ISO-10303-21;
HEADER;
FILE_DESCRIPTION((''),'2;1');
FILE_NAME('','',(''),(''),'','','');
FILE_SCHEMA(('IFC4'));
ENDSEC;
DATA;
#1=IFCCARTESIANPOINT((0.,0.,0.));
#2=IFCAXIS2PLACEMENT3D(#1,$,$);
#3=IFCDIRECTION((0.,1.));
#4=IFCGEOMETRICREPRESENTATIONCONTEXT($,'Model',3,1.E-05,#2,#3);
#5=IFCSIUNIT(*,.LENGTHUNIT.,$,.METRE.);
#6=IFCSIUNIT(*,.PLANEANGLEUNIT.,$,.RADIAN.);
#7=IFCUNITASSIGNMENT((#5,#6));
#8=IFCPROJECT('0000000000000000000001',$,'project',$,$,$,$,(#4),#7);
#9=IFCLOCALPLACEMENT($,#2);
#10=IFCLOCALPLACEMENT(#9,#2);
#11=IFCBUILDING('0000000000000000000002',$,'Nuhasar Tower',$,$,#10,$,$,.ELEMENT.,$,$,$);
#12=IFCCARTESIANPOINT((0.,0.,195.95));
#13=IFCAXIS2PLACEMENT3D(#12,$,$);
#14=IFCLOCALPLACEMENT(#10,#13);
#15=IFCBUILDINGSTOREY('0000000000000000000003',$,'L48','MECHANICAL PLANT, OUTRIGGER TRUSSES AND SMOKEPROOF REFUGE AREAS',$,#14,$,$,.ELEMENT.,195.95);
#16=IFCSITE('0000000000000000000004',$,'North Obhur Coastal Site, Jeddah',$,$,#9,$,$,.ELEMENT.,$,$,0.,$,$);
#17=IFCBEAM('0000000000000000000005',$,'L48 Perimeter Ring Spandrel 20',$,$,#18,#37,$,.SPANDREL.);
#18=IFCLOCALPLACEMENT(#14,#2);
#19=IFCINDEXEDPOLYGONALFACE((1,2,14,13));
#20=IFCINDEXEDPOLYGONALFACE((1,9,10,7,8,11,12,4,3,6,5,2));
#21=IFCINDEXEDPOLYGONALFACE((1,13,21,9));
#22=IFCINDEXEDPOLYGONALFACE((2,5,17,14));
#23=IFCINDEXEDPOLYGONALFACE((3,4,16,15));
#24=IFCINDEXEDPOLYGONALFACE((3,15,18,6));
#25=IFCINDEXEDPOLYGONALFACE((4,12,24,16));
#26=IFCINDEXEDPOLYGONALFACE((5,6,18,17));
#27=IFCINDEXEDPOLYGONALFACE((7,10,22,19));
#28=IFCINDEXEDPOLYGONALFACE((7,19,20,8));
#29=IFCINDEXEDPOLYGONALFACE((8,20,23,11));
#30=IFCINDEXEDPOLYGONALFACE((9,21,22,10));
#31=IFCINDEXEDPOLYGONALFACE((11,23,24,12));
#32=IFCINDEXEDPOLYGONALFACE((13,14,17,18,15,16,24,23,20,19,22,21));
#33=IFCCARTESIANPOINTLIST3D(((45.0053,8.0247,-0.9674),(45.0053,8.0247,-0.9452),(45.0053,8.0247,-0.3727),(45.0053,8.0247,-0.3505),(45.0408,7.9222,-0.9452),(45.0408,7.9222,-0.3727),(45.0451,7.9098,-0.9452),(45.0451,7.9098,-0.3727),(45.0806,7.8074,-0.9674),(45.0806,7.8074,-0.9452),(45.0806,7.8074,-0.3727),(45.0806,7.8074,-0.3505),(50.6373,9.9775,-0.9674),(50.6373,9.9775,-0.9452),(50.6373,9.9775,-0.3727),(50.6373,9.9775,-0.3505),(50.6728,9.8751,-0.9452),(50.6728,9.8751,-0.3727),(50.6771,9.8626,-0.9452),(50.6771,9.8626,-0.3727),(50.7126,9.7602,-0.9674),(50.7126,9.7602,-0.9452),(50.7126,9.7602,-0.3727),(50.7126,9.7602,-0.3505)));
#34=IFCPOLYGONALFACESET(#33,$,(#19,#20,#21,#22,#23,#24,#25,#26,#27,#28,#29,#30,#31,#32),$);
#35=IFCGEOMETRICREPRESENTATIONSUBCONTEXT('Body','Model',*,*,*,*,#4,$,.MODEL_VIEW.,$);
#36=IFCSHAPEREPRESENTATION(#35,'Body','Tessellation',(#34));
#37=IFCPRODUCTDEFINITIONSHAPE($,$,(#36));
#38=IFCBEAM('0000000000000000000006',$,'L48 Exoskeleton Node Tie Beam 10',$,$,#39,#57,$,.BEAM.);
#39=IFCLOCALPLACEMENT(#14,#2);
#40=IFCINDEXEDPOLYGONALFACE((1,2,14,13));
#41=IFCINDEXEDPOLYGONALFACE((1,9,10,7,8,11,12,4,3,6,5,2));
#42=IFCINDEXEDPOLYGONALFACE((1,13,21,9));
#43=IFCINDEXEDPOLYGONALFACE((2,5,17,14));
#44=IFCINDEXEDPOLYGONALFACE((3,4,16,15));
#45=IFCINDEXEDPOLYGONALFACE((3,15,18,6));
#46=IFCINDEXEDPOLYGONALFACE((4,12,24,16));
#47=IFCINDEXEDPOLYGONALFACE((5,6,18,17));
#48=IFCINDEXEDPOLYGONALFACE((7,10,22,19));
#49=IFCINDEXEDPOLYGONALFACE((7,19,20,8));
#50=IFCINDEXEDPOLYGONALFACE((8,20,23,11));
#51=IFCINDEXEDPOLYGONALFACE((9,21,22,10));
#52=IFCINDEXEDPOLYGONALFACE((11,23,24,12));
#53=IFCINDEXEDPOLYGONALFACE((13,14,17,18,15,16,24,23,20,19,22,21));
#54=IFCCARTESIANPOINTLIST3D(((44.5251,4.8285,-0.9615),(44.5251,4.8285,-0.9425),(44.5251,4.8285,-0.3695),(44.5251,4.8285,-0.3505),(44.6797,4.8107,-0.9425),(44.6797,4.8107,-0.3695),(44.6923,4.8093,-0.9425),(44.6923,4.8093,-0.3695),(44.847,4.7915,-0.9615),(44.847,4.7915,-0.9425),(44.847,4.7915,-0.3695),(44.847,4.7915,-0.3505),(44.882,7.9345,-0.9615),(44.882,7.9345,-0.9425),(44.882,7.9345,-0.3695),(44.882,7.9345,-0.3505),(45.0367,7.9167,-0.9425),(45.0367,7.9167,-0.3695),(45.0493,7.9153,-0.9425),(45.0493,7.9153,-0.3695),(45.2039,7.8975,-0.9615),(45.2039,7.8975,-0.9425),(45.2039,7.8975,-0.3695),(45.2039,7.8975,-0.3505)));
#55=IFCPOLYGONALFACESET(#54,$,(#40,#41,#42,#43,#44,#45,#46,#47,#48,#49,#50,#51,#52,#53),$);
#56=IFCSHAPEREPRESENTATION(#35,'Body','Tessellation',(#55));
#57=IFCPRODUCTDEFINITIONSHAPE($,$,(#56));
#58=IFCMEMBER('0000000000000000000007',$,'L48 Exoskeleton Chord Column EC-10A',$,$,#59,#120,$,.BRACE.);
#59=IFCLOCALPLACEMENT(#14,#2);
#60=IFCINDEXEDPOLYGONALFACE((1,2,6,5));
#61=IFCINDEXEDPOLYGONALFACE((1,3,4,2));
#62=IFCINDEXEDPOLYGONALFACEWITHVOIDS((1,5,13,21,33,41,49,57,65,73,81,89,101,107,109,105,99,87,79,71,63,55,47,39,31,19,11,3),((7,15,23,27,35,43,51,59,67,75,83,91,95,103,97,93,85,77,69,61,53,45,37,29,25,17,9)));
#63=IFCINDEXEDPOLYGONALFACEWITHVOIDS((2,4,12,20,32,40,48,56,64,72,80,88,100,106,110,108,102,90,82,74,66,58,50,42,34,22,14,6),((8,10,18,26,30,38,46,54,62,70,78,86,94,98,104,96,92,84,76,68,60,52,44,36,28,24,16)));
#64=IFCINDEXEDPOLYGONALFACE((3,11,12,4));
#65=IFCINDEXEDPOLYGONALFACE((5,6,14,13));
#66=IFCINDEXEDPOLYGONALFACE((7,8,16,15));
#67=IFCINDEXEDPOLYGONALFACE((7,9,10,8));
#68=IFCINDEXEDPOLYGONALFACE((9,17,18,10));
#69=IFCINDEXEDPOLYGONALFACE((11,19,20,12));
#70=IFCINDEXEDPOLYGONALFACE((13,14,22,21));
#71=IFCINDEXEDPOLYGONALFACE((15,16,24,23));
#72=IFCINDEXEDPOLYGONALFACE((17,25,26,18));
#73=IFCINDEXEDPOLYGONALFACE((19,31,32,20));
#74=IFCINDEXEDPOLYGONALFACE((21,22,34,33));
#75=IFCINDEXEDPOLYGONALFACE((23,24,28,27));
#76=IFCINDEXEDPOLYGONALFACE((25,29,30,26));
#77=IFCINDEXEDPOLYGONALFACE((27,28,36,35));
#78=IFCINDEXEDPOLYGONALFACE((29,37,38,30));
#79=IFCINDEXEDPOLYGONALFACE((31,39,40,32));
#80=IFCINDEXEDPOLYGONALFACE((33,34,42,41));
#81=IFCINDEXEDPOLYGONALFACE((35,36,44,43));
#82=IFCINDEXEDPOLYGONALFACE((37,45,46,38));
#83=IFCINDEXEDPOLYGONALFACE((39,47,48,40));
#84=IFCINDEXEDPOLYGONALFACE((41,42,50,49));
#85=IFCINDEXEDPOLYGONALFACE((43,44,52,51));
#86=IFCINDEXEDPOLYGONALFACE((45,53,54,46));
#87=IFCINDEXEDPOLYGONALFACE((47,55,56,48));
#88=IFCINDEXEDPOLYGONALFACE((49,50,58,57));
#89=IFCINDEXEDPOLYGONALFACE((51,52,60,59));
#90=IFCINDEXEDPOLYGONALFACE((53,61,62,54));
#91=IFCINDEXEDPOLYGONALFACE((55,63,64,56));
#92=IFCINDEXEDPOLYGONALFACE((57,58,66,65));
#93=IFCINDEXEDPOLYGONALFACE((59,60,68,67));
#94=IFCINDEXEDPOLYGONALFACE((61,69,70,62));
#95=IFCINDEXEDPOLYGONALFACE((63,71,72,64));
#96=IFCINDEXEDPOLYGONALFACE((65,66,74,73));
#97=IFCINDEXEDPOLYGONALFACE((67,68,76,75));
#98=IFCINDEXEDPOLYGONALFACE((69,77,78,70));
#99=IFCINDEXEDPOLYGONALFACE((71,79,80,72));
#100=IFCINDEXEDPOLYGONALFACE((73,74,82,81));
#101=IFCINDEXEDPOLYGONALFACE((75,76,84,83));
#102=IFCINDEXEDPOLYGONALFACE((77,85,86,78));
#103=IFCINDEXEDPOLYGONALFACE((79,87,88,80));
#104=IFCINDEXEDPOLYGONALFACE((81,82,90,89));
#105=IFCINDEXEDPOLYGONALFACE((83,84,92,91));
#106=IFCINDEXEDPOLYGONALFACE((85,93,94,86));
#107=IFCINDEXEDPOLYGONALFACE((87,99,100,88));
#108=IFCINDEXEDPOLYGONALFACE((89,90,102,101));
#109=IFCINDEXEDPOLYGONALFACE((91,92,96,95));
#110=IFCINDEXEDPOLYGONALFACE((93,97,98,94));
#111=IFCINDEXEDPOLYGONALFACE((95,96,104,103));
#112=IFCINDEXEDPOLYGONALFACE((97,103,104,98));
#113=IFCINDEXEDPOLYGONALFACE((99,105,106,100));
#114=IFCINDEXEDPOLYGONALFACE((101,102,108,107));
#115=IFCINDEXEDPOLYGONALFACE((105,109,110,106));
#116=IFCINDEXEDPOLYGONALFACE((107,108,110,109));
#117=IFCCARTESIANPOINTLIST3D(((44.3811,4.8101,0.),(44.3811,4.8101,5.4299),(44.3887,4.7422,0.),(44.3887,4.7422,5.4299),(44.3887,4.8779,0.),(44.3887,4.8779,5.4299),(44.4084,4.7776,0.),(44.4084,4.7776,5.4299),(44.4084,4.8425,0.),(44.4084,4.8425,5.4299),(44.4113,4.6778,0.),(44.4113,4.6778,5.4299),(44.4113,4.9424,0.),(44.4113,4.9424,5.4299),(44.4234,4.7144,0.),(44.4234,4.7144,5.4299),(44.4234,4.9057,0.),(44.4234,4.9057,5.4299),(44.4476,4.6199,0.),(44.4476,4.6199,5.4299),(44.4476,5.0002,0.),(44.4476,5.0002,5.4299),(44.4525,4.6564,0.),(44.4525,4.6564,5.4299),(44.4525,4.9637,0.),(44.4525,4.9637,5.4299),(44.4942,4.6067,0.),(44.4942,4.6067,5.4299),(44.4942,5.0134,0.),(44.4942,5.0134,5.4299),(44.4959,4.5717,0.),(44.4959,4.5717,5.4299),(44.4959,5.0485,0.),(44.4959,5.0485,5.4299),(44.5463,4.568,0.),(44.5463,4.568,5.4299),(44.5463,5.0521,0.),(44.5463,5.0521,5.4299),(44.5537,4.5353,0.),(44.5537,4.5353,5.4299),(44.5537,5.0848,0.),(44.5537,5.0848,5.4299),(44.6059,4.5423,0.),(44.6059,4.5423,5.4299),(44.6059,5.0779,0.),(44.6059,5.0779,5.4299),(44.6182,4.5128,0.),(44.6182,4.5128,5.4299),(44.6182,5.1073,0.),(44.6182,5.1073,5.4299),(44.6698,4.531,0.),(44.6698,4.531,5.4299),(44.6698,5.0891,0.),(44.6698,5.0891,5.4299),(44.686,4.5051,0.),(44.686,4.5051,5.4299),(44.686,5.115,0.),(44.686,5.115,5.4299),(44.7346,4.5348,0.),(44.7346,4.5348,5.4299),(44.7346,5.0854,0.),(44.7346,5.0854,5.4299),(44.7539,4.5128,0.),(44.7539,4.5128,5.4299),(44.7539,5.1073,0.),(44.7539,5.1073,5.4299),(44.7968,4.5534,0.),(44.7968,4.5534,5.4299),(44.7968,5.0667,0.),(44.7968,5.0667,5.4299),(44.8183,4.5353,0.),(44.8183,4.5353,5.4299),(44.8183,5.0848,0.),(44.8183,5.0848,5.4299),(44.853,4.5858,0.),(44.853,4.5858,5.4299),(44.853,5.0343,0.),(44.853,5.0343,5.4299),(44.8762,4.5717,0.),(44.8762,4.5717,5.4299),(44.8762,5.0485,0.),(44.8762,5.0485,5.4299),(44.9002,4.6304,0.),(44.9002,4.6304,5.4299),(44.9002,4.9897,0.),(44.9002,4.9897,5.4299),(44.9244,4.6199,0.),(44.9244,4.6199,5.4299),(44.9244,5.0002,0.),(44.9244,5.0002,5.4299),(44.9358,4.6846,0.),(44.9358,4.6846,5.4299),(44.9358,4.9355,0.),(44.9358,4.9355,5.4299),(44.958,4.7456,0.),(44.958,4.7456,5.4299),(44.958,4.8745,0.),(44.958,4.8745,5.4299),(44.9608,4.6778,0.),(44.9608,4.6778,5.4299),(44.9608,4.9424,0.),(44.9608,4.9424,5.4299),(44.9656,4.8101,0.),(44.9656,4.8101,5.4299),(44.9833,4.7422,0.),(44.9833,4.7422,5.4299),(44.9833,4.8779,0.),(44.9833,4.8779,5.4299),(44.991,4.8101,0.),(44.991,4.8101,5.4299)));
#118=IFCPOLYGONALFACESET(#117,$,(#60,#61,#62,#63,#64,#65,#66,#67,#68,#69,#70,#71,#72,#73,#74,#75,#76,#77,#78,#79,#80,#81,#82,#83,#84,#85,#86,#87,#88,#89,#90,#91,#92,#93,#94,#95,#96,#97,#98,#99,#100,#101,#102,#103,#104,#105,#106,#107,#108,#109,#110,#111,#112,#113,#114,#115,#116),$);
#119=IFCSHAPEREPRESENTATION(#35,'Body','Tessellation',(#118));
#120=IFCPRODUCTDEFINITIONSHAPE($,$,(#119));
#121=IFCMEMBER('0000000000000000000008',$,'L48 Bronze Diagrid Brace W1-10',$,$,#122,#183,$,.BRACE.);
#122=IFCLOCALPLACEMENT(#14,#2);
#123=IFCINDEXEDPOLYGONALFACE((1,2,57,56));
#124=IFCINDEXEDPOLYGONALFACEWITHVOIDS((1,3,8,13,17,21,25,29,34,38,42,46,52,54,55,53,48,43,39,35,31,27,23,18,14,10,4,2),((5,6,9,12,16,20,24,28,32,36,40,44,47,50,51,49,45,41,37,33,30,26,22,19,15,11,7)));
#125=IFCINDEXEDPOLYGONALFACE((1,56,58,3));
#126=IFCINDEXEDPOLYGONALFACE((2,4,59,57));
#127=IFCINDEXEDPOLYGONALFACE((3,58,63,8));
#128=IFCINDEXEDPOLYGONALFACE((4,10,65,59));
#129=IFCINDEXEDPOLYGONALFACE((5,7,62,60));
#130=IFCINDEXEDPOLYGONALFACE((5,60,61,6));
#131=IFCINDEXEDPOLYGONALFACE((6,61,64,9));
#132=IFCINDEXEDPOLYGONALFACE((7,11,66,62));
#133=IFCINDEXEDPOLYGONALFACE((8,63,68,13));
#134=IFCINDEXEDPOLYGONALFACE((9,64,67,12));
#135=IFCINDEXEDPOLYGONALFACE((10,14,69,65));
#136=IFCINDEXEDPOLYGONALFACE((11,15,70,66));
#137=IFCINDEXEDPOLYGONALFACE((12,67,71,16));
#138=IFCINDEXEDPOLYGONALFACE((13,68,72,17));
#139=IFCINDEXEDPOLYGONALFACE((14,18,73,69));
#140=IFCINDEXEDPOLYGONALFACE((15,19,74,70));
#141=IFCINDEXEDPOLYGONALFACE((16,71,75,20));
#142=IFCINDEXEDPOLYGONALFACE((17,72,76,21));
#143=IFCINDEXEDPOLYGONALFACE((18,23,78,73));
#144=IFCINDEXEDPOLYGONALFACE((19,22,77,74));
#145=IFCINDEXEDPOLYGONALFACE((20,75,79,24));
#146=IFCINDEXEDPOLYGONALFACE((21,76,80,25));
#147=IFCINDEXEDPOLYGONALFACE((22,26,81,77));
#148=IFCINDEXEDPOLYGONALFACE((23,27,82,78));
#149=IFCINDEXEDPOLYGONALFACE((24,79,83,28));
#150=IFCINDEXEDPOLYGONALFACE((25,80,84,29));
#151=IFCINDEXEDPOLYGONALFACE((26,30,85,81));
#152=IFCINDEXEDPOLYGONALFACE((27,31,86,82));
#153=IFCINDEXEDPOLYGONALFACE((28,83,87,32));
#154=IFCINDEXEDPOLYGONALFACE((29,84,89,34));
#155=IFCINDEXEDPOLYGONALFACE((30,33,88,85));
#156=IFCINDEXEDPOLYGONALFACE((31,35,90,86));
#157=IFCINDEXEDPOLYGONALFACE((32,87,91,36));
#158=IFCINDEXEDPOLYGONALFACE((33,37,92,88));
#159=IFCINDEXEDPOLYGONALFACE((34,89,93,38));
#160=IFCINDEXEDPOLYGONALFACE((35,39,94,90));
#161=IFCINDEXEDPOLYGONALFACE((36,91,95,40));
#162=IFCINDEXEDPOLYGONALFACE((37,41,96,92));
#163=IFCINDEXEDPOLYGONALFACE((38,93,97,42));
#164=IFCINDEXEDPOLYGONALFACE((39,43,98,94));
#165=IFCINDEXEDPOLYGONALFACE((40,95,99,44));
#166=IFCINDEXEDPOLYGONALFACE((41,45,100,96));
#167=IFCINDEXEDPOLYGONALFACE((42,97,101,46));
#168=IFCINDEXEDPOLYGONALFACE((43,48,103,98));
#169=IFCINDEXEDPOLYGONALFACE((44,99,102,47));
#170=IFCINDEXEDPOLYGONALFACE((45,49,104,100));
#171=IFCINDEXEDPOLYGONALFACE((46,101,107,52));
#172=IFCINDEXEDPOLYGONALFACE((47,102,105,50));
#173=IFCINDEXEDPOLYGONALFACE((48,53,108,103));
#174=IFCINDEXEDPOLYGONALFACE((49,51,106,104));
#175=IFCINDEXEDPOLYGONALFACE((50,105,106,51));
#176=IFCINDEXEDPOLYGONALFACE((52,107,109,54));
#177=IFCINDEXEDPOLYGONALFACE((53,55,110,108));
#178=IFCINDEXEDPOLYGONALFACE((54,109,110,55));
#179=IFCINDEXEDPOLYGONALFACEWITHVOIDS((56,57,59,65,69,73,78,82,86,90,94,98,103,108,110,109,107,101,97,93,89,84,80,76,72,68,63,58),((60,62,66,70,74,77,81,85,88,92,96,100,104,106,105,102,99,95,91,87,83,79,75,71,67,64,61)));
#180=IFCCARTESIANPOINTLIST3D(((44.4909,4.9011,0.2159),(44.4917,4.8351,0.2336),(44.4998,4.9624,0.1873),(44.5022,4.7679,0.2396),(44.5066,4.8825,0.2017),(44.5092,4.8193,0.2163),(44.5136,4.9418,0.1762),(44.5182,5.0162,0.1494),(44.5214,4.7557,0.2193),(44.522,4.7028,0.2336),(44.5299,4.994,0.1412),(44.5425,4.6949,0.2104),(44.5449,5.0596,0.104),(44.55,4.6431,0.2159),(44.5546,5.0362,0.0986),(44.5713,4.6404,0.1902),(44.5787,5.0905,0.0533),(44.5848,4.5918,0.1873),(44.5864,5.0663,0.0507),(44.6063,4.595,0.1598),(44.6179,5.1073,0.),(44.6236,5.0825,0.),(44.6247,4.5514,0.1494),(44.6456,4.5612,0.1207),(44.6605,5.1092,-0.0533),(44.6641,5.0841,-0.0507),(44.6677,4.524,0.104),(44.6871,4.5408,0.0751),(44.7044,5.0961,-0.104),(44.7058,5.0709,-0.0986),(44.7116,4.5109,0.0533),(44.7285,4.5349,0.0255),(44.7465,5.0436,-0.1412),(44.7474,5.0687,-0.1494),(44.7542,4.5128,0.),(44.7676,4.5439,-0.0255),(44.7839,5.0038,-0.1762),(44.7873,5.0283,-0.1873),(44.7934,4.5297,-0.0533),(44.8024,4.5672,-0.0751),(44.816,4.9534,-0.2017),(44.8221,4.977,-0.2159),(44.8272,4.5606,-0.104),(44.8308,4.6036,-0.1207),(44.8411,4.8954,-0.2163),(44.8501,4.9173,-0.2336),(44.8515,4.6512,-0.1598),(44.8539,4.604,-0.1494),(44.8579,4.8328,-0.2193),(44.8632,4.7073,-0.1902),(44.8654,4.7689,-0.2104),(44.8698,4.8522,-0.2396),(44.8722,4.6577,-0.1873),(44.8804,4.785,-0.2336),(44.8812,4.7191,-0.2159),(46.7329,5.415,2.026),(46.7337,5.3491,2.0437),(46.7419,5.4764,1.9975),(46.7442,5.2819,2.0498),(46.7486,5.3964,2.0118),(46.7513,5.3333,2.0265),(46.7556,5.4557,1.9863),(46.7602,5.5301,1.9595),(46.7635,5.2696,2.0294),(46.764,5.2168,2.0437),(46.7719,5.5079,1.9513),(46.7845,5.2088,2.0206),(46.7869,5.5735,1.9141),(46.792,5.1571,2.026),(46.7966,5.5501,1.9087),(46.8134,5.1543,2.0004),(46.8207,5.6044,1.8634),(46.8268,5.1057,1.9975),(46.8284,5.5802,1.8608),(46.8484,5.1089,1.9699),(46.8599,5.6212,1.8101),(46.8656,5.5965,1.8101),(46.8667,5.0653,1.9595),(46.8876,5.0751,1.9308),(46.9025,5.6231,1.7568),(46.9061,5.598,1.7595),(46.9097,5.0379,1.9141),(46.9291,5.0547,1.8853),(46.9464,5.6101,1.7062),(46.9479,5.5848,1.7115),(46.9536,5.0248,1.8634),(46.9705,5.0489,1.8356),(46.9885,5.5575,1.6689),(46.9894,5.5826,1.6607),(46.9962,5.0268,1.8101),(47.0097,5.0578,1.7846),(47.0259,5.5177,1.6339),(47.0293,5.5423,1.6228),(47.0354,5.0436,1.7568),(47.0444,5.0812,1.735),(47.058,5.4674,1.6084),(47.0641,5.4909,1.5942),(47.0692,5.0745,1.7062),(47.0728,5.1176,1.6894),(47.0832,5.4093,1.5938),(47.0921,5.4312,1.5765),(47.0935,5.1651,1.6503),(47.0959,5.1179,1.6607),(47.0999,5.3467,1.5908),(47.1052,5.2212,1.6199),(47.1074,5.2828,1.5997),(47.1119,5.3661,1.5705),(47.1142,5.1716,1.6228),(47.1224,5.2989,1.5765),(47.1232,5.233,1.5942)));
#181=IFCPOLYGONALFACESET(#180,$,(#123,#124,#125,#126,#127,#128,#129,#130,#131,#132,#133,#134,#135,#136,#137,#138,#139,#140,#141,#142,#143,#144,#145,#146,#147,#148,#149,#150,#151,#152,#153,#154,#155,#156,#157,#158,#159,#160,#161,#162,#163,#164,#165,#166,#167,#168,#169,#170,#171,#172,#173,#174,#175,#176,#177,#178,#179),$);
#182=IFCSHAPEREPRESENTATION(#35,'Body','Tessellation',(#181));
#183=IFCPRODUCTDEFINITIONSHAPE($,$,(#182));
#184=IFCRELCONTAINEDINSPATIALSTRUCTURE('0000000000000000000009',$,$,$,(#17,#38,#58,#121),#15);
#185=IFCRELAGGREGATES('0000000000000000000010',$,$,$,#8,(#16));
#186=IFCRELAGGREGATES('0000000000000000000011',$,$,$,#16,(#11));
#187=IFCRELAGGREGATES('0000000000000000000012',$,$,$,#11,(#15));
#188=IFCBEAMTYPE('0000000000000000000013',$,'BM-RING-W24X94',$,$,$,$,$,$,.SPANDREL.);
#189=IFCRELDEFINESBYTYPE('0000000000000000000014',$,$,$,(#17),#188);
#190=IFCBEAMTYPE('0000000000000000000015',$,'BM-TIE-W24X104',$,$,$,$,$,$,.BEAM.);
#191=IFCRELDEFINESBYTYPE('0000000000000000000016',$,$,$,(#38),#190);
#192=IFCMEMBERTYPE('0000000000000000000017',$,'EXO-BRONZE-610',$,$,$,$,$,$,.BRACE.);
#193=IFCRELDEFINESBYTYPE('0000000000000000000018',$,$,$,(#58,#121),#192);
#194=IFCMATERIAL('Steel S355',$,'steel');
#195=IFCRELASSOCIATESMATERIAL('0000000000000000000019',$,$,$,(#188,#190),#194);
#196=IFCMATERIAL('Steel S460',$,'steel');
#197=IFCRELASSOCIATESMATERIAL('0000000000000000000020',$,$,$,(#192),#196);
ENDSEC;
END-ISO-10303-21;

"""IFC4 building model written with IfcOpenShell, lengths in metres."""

from ifc_helpers import new_model, si_unit, direction, frame, origin, origin_2d, place, context, subcontext, project, spatial, hollow_circle, i_section, extrude, material, material_profile, profile_set, type_object, element, save


model = new_model("IFC4")

# Units and contexts
model_context = context("Model", 3, precision=1e-05, world=origin(), true_north=direction((0.0, 1.0)))
body_context = subcontext(model_context, "Body", "Model", "MODEL_VIEW")
ifc_project = project(units=[si_unit("LENGTHUNIT", "METRE"), si_unit("PLANEANGLEUNIT", "RADIAN")], contexts=[model_context])

# Site, building, storey
site_placement = place(None, origin())
site = spatial("IfcSite", under=ifc_project, at=site_placement, Name="North Obhur Coastal Site, Jeddah", CompositionType="ELEMENT", RefElevation=0.0)
building_placement = place(site_placement, origin())
building = spatial("IfcBuilding", under=site, at=building_placement, Name="Nuhasar Tower", CompositionType="ELEMENT")
storey_placement = place(building_placement, frame((0.0, 0.0, 195.95)))
storey = spatial("IfcBuildingStorey", under=building, at=storey_placement, Name="L48", Description="MECHANICAL PLANT, OUTRIGGER TRUSSES AND SMOKEPROOF REFUGE AREAS", CompositionType="ELEMENT", Elevation=195.95)

# Shared definitions
ifc_material_1 = material(Name="Steel S460", Category="steel")

# Beams
ifc_material_2 = material(Name="Steel S355", Category="steel")
ifc_material_profile_1 = material_profile(ifc_material_2, i_section(OverallWidth=0.23, OverallDepth=0.6169, WebThickness=0.0132, FlangeThickness=0.0222, at=origin_2d()), Name="W24X94")
ifc_profile_set_1 = profile_set([ifc_material_profile_1], Name="Steel S355")
beam_type_1 = type_object("IfcBeamType", Name="BM-RING-W24X94", PredefinedType="SPANDREL", material=ifc_profile_set_1)
beam_1_placement = place(storey_placement, frame((45.043, 7.916, -0.6589), z_axis=(0.944814, 0.327607, 0.0), x_axis=(-0.327607, 0.944814, 0.0)))
element("IfcBeam", 1, at=beam_1_placement, inside=storey, type_object=beam_type_1, Name="L48 Perimeter Ring Spandrel 20", PredefinedType="SPANDREL", context=body_context, shape_type="SweptSolid", body=[
    extrude(i_section(OverallWidth=0.23, OverallDepth=0.6169, WebThickness=0.0132, FlangeThickness=0.0222, at=origin_2d()), origin(), (0.0, 0.0, 1.0), 5.9609),
])
ifc_material_profile_2 = material_profile(ifc_material_2, i_section(OverallWidth=0.324, OverallDepth=0.6111, WebThickness=0.0127, FlangeThickness=0.019, at=origin_2d()), Name="W24X104")
ifc_profile_set_2 = profile_set([ifc_material_profile_2], Name="Steel S355")
beam_type_2 = type_object("IfcBeamType", Name="BM-TIE-W24X104", PredefinedType="BEAM", material=ifc_profile_set_2)
beam_2_placement = place(storey_placement, frame((45.043, 7.916, -0.656), z_axis=(-0.114168, -0.993461, 0.0), x_axis=(0.993461, -0.114168, 0.0)))
element("IfcBeam", 2, at=beam_2_placement, inside=storey, type_object=beam_type_2, Name="L48 Exoskeleton Node Tie Beam 10", PredefinedType="BEAM", context=body_context, shape_type="SweptSolid", body=[
    extrude(i_section(OverallWidth=0.324, OverallDepth=0.6111, WebThickness=0.0127, FlangeThickness=0.019, at=origin_2d()), origin(), (0.0, 0.0, 1.0), 3.1265),
])

# Members
ifc_material_profile_3 = material_profile(ifc_material_1, hollow_circle(Radius=0.3049, WallThickness=0.0254, at=origin_2d()), Name="HSS610X25.4")
ifc_profile_set_3 = profile_set([ifc_material_profile_3], Name="Steel S460")
member_type_1 = type_object("IfcMemberType", Name="EXO-BRONZE-610", PredefinedType="BRACE", material=ifc_profile_set_3)
member_1_placement = place(storey_placement, frame((44.686, 4.8101, 0.0), z_axis=(0.0, 0.0, 1.0), x_axis=(1.0, 0.0, 0.0)))
element("IfcMember", 3, at=member_1_placement, inside=storey, type_object=member_type_1, Name="L48 Exoskeleton Chord Column EC-10A", PredefinedType="BRACE", context=body_context, shape_type="SweptSolid", body=[
    extrude(hollow_circle(Radius=0.3049, WallThickness=0.0254, at=origin_2d()), origin(), (0.0, 0.0, 1.0), 5.4299),
])
member_2_placement = place(storey_placement, frame((44.686, 4.8101, 0.0), z_axis=(0.765979, 0.175584, 0.618422), x_axis=(-0.223433, 0.974719, 0.0)))
element("IfcMember", 4, at=member_2_placement, inside=storey, type_object=member_type_1, Name="L48 Bronze Diagrid Brace W1-10", PredefinedType="BRACE", context=body_context, shape_type="SweptSolid", body=[
    extrude(hollow_circle(Radius=0.3049, WallThickness=0.0254, at=origin_2d()), origin(), (0.0, 0.0, 1.0), 2.927),
])

save(model, "model.ifc")
